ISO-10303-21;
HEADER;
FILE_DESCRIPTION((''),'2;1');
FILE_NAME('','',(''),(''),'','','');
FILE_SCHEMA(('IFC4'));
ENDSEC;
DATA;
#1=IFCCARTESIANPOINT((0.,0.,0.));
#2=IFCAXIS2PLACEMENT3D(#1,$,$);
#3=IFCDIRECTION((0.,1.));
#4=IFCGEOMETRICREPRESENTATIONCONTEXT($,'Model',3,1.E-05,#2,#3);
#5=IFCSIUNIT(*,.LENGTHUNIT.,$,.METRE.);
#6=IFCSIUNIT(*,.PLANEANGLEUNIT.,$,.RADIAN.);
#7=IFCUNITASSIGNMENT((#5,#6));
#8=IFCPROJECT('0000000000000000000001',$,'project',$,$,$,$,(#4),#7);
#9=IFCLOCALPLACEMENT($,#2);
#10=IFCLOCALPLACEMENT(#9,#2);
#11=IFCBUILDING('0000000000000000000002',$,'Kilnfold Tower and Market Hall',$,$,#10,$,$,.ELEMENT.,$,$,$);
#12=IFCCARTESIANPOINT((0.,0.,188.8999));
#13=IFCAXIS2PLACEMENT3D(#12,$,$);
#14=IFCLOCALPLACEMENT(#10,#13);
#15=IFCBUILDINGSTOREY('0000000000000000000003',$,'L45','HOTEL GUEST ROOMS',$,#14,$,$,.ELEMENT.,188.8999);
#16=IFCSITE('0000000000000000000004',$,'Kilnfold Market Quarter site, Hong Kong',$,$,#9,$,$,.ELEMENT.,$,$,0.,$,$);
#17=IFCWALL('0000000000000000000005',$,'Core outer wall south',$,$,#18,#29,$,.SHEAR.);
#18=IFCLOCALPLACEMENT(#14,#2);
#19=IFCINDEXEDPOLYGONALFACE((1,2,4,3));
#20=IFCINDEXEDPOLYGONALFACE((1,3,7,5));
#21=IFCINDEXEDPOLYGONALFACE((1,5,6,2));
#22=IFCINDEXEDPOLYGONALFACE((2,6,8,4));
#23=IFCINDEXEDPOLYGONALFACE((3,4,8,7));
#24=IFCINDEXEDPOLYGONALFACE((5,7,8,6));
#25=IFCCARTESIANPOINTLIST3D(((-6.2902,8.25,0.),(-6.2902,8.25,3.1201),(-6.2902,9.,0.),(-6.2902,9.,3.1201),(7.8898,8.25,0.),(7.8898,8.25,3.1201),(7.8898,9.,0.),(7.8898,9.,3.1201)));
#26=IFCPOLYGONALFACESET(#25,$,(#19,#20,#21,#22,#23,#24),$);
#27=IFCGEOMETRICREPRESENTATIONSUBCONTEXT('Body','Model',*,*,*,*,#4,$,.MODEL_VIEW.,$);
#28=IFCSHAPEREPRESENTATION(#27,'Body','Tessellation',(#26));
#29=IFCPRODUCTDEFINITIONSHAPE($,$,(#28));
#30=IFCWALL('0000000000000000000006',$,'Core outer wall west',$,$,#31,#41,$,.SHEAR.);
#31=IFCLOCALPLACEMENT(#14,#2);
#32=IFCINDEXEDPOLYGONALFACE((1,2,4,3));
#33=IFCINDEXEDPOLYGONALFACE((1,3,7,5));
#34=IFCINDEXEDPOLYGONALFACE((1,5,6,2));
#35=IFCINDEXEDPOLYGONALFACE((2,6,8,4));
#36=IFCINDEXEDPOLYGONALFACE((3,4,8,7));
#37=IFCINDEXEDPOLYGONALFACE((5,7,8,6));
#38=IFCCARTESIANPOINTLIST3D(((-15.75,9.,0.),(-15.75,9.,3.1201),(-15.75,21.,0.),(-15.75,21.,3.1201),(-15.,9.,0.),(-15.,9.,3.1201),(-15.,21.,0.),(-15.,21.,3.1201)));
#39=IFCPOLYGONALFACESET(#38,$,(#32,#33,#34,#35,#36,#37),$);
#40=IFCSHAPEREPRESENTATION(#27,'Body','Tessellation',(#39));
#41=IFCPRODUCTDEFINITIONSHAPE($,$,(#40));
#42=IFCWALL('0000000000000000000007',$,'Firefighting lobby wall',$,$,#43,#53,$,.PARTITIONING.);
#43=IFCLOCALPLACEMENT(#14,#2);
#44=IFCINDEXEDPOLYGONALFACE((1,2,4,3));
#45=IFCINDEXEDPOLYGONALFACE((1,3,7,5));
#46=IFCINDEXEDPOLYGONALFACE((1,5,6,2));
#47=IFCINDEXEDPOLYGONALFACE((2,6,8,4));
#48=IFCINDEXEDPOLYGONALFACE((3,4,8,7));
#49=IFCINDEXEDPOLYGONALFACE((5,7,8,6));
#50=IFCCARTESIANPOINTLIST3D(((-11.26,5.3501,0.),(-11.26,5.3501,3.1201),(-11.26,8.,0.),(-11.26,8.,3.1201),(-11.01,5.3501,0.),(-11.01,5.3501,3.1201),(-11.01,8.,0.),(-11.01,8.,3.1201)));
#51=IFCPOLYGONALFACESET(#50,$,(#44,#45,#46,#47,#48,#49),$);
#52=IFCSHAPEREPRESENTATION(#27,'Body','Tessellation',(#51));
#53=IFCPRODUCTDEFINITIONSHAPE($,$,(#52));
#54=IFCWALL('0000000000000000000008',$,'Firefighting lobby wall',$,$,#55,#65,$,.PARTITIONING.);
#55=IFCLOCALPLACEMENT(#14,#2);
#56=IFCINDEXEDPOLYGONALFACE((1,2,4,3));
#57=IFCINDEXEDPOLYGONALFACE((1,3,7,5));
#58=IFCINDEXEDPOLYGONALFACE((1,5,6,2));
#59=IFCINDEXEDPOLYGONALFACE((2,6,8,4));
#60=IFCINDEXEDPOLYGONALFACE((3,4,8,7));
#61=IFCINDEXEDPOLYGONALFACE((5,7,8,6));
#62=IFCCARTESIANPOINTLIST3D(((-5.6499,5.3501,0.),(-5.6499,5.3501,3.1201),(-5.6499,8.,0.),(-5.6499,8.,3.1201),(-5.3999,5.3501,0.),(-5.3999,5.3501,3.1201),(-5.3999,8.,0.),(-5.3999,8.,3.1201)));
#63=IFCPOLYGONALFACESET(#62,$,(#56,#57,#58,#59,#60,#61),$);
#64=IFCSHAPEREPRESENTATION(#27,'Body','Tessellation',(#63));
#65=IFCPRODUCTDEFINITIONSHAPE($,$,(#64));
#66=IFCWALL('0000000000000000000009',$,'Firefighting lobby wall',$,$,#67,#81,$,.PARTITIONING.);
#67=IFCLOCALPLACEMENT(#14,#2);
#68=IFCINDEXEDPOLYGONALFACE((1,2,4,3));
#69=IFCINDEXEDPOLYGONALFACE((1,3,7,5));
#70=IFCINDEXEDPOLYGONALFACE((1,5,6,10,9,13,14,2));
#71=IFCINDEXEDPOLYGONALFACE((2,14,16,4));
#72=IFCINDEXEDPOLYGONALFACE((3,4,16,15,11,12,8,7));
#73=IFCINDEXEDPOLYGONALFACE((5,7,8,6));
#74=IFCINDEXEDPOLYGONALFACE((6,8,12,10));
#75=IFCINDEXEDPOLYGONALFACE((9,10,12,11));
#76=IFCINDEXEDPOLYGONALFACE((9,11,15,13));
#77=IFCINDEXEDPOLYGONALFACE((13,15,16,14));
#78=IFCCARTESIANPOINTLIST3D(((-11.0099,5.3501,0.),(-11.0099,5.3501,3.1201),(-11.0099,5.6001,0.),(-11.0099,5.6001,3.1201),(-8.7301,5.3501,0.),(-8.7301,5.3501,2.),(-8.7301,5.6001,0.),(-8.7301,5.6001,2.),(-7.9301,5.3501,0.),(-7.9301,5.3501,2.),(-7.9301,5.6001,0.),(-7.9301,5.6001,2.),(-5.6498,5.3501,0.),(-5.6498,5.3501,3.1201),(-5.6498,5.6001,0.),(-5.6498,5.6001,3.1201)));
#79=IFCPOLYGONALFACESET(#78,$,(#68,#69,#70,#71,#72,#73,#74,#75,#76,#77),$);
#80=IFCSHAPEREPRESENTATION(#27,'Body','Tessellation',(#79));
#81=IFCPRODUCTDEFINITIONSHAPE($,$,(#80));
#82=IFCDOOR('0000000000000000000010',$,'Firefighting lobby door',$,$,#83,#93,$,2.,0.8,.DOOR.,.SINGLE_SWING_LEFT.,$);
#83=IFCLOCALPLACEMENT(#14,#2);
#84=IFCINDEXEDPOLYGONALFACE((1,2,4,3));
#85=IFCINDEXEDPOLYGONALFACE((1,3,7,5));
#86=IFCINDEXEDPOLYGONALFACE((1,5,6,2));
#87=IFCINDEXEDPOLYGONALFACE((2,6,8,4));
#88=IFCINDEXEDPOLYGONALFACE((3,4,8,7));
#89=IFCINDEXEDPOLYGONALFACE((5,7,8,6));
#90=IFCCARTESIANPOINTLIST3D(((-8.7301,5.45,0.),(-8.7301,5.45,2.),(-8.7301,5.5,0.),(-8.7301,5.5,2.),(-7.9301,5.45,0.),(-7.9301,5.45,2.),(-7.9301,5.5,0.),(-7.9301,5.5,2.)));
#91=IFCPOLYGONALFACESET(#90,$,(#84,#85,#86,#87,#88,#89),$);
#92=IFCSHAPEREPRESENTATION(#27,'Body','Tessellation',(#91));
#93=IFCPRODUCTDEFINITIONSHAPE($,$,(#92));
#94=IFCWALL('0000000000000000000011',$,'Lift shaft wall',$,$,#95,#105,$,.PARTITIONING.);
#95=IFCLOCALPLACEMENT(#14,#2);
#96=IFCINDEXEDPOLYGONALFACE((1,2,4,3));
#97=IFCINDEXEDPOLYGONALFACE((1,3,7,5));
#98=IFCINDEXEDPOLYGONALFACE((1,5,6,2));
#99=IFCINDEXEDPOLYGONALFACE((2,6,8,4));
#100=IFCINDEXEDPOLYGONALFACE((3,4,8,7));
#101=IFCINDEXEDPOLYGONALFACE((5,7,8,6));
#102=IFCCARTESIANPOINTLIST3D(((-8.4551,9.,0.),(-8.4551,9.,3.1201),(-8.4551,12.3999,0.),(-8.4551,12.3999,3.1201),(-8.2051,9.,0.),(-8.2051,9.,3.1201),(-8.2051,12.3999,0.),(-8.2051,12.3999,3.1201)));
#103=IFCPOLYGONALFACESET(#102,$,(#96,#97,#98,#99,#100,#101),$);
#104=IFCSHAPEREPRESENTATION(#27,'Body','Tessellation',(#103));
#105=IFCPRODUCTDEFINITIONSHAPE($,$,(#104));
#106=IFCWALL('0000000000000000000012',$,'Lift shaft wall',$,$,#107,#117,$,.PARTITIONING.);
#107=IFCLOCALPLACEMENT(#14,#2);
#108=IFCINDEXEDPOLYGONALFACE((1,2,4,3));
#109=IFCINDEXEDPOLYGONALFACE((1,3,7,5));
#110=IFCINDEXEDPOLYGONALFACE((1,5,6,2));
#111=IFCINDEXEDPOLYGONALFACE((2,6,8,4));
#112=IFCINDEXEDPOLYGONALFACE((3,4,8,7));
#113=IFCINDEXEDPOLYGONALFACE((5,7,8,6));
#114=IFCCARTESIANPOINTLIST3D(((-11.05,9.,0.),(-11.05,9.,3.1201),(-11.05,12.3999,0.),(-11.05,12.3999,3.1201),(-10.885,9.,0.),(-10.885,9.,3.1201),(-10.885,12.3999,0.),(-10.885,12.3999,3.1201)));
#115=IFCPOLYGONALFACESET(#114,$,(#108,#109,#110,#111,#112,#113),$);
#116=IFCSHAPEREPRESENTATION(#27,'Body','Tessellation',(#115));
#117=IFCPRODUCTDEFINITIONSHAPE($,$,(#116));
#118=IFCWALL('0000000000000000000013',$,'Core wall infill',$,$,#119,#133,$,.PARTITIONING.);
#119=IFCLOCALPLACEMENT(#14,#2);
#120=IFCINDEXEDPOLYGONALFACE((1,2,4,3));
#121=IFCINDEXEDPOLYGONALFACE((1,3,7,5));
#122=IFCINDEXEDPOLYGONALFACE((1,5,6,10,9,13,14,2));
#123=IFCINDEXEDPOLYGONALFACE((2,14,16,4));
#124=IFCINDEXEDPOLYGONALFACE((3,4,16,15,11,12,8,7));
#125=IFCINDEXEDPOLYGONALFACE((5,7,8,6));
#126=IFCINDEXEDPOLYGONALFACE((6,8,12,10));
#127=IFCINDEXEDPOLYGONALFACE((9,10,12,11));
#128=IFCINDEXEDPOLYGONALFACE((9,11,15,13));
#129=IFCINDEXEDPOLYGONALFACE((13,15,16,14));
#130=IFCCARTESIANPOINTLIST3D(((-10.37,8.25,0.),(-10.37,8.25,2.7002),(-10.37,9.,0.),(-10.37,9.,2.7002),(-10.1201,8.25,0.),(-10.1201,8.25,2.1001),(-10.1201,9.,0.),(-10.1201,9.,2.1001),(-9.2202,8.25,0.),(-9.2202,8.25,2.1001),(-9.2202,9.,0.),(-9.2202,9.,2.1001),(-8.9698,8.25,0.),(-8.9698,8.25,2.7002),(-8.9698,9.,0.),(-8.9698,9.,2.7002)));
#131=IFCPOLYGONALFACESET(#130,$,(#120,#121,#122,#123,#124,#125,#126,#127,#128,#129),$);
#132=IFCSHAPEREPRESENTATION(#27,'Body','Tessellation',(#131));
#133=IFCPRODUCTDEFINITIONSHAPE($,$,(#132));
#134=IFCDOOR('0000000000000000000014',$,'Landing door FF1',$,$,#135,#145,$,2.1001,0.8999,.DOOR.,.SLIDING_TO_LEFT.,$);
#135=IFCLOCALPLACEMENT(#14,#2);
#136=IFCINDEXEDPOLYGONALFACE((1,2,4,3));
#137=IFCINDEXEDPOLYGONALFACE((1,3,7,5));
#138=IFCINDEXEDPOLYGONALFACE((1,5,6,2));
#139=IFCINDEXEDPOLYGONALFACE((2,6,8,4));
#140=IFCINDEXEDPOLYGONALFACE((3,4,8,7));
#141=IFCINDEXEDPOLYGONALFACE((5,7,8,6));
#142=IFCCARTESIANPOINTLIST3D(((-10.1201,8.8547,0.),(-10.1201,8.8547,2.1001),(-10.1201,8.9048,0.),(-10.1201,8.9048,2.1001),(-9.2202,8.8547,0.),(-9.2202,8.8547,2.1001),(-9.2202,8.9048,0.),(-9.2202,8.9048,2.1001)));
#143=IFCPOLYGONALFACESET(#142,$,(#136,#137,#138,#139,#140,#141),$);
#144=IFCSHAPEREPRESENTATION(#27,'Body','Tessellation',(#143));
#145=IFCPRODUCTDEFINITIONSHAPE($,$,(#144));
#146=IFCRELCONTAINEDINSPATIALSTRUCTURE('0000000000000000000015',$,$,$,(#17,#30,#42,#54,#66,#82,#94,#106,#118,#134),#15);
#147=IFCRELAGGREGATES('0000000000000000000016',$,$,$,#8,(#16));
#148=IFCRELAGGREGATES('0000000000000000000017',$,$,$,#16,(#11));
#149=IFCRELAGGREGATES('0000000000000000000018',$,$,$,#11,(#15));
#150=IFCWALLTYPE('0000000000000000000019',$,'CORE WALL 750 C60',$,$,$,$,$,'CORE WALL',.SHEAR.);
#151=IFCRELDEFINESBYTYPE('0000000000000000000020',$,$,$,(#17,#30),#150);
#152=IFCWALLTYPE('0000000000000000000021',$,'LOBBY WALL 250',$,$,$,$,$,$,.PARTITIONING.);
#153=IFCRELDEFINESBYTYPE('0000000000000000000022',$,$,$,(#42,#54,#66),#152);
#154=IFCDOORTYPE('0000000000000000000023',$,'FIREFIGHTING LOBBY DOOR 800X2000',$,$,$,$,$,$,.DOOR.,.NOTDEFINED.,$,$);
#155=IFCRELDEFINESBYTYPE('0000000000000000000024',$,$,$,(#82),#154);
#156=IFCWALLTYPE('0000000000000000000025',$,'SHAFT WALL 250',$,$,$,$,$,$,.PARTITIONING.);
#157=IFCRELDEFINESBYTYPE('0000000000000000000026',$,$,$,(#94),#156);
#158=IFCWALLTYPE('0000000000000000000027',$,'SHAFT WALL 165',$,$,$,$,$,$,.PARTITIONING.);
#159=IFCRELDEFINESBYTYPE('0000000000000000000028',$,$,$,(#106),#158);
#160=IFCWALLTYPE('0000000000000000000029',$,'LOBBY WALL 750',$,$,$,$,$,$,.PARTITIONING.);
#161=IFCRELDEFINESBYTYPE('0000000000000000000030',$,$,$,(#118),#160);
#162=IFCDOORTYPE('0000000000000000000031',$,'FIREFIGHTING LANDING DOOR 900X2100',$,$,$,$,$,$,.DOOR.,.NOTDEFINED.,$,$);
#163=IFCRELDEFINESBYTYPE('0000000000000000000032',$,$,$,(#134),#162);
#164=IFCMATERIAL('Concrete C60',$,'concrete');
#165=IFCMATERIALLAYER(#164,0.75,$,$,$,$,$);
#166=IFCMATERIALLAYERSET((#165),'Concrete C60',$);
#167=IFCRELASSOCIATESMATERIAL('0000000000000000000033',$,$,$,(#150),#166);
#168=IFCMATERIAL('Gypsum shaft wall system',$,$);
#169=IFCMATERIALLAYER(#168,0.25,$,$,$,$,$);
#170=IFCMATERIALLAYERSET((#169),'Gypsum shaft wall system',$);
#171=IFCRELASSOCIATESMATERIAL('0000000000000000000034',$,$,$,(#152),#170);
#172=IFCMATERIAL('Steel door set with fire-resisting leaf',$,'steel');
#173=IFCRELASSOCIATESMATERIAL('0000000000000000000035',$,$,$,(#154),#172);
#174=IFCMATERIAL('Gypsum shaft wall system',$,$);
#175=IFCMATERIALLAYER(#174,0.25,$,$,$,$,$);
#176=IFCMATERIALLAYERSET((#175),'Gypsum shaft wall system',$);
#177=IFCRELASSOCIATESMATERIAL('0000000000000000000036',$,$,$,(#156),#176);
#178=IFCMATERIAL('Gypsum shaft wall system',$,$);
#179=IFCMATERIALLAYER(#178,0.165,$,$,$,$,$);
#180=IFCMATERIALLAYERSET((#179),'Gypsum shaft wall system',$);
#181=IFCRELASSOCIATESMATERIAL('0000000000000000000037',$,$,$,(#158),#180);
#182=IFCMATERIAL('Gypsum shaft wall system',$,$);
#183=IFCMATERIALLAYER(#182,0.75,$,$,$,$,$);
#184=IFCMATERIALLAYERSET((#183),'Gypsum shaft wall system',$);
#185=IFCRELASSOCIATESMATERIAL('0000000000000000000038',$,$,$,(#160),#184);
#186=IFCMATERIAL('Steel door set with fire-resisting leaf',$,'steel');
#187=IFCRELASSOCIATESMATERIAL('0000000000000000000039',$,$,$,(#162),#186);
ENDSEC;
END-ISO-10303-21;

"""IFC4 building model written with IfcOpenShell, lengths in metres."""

from ifc_helpers import new_model, si_unit, direction, frame, frame_2d, origin, place, context, subcontext, project, spatial, rectangle, extrude, source, transform, mapped, material, layer, layer_set, type_object, element, fill, save


model = new_model("IFC4")

# Units and contexts
model_context = context("Model", 3, precision=1e-05, world=origin(), true_north=direction((0.0, 1.0)))
body_context = subcontext(model_context, "Body", "Model", "MODEL_VIEW")
ifc_project = project(units=[si_unit("LENGTHUNIT", "METRE"), si_unit("PLANEANGLEUNIT", "RADIAN")], contexts=[model_context])

# Site, building, storey
site_placement = place(None, origin())
site = spatial("IfcSite", under=ifc_project, at=site_placement, Name="Kilnfold Market Quarter site, Hong Kong", CompositionType="ELEMENT", RefElevation=0.0)
building_placement = place(site_placement, origin())
building = spatial("IfcBuilding", under=site, at=building_placement, Name="Kilnfold Tower and Market Hall", CompositionType="ELEMENT")
storey_placement = place(building_placement, frame((0.0, 0.0, 188.8999)))
storey = spatial("IfcBuildingStorey", under=building, at=storey_placement, Name="L45", Description="HOTEL GUEST ROOMS", CompositionType="ELEMENT", Elevation=188.8999)

# Shared definitions
ifc_material_1 = material(Name="Concrete C60", Category="concrete")
ifc_layer_1 = layer(ifc_material_1, 0.75)
ifc_layer_set_1 = layer_set([ifc_layer_1], Name="Concrete C60")
wall_type_1 = type_object("IfcWallType", Name="CORE WALL 750 C60", ElementType="CORE WALL", PredefinedType="SHEAR", material=ifc_layer_set_1)

# Walls
shared_shape_1 = source(origin(), body_context, "Body", "SweptSolid", [
    extrude(rectangle(XDim=14.1799, YDim=0.75, at=frame_2d((7.0898, 0.0))), origin(), (0.0, 0.0, 1.0), 3.1201),
])
wall_1_placement = place(storey_placement, frame((-6.29, 8.625, 0.0), z_axis=(0.0, 0.0, 1.0), x_axis=(1.0, 0.0, 0.0)))
element("IfcWall", 1, at=wall_1_placement, inside=storey, type_object=wall_type_1, Name="Core outer wall south", PredefinedType="SHEAR", context=body_context, shape_type="MappedRepresentation", body=[
    mapped(shared_shape_1, transform((0.0, 0.0, 0.0))),
])
shared_shape_2 = source(origin(), body_context, "Body", "SweptSolid", [
    extrude(rectangle(XDim=12.0, YDim=0.75, at=frame_2d((6.0, 0.0))), origin(), (0.0, 0.0, 1.0), 3.1201),
])
wall_2_placement = place(storey_placement, frame((-15.375, 9.0, 0.0), z_axis=(0.0, 0.0, 1.0), x_axis=(0.0, 1.0, 0.0)))
element("IfcWall", 2, at=wall_2_placement, inside=storey, type_object=wall_type_1, Name="Core outer wall west", PredefinedType="SHEAR", context=body_context, shape_type="MappedRepresentation", body=[
    mapped(shared_shape_2, transform((0.0, 0.0, 0.0))),
])
ifc_material_2 = material(Name="Gypsum shaft wall system")
ifc_layer_2 = layer(ifc_material_2, 0.25)
ifc_layer_set_2 = layer_set([ifc_layer_2], Name="Gypsum shaft wall system")
wall_type_2 = type_object("IfcWallType", Name="LOBBY WALL 250", PredefinedType="PARTITIONING", material=ifc_layer_set_2)
shared_shape_3 = source(origin(), body_context, "Body", "SweptSolid", [
    extrude(rectangle(XDim=2.6499, YDim=0.25, at=frame_2d((1.325, 0.0))), origin(), (0.0, 0.0, 1.0), 3.1201),
])
for number, where, z_axis, x_axis, name in (
    (3, (-11.135, 5.3501, 0.0), (0.0, 0.0, 1.0), (0.0, 1.0, 0.0), "Firefighting lobby wall"),
    (4, (-5.5249, 5.3501, 0.0), (0.0, 0.0, 1.0), (0.0, 1.0, 0.0), "Firefighting lobby wall"),
):
    element("IfcWall", number, at=place(storey_placement, frame(where, z_axis=z_axis, x_axis=x_axis)), inside=storey, type_object=wall_type_2, Name=name, PredefinedType="PARTITIONING", context=body_context, shape_type="MappedRepresentation", body=[
        mapped(shared_shape_3, transform((0.0, 0.0, 0.0))),
    ])

# Wall, opening, door
shared_shape_4 = source(origin(), body_context, "Body", "SweptSolid", [
    extrude(rectangle(XDim=5.3601, YDim=0.25, at=frame_2d((2.6802, 0.0))), origin(), (0.0, 0.0, 1.0), 3.1201),
])
wall_3_placement = place(storey_placement, frame((-11.01, 5.4751, 0.0), z_axis=(0.0, 0.0, 1.0), x_axis=(1.0, 0.0, 0.0)))
wall_3 = element("IfcWall", 5, at=wall_3_placement, inside=storey, type_object=wall_type_2, Name="Firefighting lobby wall", PredefinedType="PARTITIONING", context=body_context, shape_type="MappedRepresentation", body=[
    mapped(shared_shape_4, transform((0.0, 0.0, 0.0))),
])
opening_1_placement = place(wall_3_placement, frame((2.28, 0.0, 0.0)))
opening_1 = element("IfcOpeningElement", 6, at=opening_1_placement, cuts=wall_3, PredefinedType="OPENING", context=body_context, shape_type="SweptSolid", body=[
    extrude(rectangle(XDim=0.8, YDim=2.0, at=frame_2d((0.3999, 1.0))), frame((0.0, 0.135, 0.0), z_axis=(0.0, -1.0, 0.0), x_axis=(1.0, 0.0, 0.0)), (0.0, 0.0, 1.0), 0.27),
])
ifc_material_3 = material(Name="Steel door set with fire-resisting leaf", Category="steel")
door_type_1 = type_object("IfcDoorType", Name="FIREFIGHTING LOBBY DOOR 800X2000", OperationType="NOTDEFINED", PredefinedType="DOOR", material=ifc_material_3)
door_1_placement = place(opening_1_placement, origin())
door_1 = element("IfcDoor", 7, at=door_1_placement, inside=storey, type_object=door_type_1, Name="Firefighting lobby door", OperationType="SINGLE_SWING_LEFT", OverallHeight=2.0, OverallWidth=0.8, PredefinedType="DOOR", context=body_context, shape_type="SweptSolid", body=[
    extrude(rectangle(XDim=0.8, YDim=2.0, at=frame_2d((0.3999, 1.0))), frame((0.0, 0.0249, 0.0), z_axis=(0.0, -1.0, 0.0), x_axis=(1.0, 0.0, 0.0)), (0.0, 0.0, 1.0), 0.05),
])
fill(opening_1, door_1)

# Walls
ifc_material_4 = material(Name="Gypsum shaft wall system")
ifc_layer_3 = layer(ifc_material_4, 0.25)
ifc_layer_set_3 = layer_set([ifc_layer_3], Name="Gypsum shaft wall system")
wall_type_3 = type_object("IfcWallType", Name="SHAFT WALL 250", PredefinedType="PARTITIONING", material=ifc_layer_set_3)
shared_shape_5 = source(origin(), body_context, "Body", "SweptSolid", [
    extrude(rectangle(XDim=3.3999, YDim=0.25, at=frame_2d((1.7, 0.0))), origin(), (0.0, 0.0, 1.0), 3.1201),
])
wall_4_placement = place(storey_placement, frame((-8.3301, 9.0, 0.0), z_axis=(0.0, 0.0, 1.0), x_axis=(0.0, 1.0, 0.0)))
element("IfcWall", 8, at=wall_4_placement, inside=storey, type_object=wall_type_3, Name="Lift shaft wall", PredefinedType="PARTITIONING", context=body_context, shape_type="MappedRepresentation", body=[
    mapped(shared_shape_5, transform((0.0, 0.0, 0.0))),
])
ifc_material_5 = material(Name="Gypsum shaft wall system")
ifc_layer_4 = layer(ifc_material_5, 0.165)
ifc_layer_set_4 = layer_set([ifc_layer_4], Name="Gypsum shaft wall system")
wall_type_4 = type_object("IfcWallType", Name="SHAFT WALL 165", PredefinedType="PARTITIONING", material=ifc_layer_set_4)
shared_shape_6 = source(origin(), body_context, "Body", "SweptSolid", [
    extrude(rectangle(XDim=3.3999, YDim=0.165, at=frame_2d((1.7, 0.0))), origin(), (0.0, 0.0, 1.0), 3.1201),
])
wall_5_placement = place(storey_placement, frame((-10.9675, 9.0, 0.0), z_axis=(0.0, 0.0, 1.0), x_axis=(0.0, 1.0, 0.0)))
element("IfcWall", 9, at=wall_5_placement, inside=storey, type_object=wall_type_4, Name="Lift shaft wall", PredefinedType="PARTITIONING", context=body_context, shape_type="MappedRepresentation", body=[
    mapped(shared_shape_6, transform((0.0, 0.0, 0.0))),
])

# Wall, opening, door
ifc_material_6 = material(Name="Gypsum shaft wall system")
ifc_layer_5 = layer(ifc_material_6, 0.75)
ifc_layer_set_5 = layer_set([ifc_layer_5], Name="Gypsum shaft wall system")
wall_type_5 = type_object("IfcWallType", Name="LOBBY WALL 750", PredefinedType="PARTITIONING", material=ifc_layer_set_5)
shared_shape_7 = source(origin(), body_context, "Body", "SweptSolid", [
    extrude(rectangle(XDim=1.4001, YDim=0.75, at=frame_2d((0.7002, 0.0))), origin(), (0.0, 0.0, 1.0), 2.7002),
])
wall_6_placement = place(storey_placement, frame((-10.3701, 8.625, 0.0), z_axis=(0.0, 0.0, 1.0), x_axis=(1.0, 0.0, 0.0)))
wall_6 = element("IfcWall", 10, at=wall_6_placement, inside=storey, type_object=wall_type_5, Name="Core wall infill", PredefinedType="PARTITIONING", context=body_context, shape_type="MappedRepresentation", body=[
    mapped(shared_shape_7, transform((0.0, 0.0, 0.0))),
])
opening_2_placement = place(wall_6_placement, frame((0.25, 0.0, 0.0)))
opening_2 = element("IfcOpeningElement", 11, at=opening_2_placement, cuts=wall_6, PredefinedType="OPENING", context=body_context, shape_type="SweptSolid", body=[
    extrude(rectangle(XDim=0.8999, YDim=2.1001, at=frame_2d((0.45, 1.05))), frame((0.0, 0.385, 0.0), z_axis=(0.0, -1.0, 0.0), x_axis=(1.0, 0.0, 0.0)), (0.0, 0.0, 1.0), 0.77),
])
ifc_material_7 = material(Name="Steel door set with fire-resisting leaf", Category="steel")
door_type_2 = type_object("IfcDoorType", Name="FIREFIGHTING LANDING DOOR 900X2100", OperationType="NOTDEFINED", PredefinedType="DOOR", material=ifc_material_7)
door_2_placement = place(opening_2_placement, origin())
door_2 = element("IfcDoor", 12, at=door_2_placement, inside=storey, type_object=door_type_2, Name="Landing door FF1", OperationType="SLIDING_TO_LEFT", OverallHeight=2.1001, OverallWidth=0.8999, PredefinedType="DOOR", context=body_context, shape_type="SweptSolid", body=[
    extrude(rectangle(XDim=0.8999, YDim=2.1001, at=frame_2d((0.45, 1.05))), frame((0.0, 0.2798, 0.0), z_axis=(0.0, -1.0, 0.0), x_axis=(1.0, 0.0, 0.0)), (0.0, 0.0, 1.0), 0.05),
])
fill(opening_2, door_2)

save(model, "model.ifc")
